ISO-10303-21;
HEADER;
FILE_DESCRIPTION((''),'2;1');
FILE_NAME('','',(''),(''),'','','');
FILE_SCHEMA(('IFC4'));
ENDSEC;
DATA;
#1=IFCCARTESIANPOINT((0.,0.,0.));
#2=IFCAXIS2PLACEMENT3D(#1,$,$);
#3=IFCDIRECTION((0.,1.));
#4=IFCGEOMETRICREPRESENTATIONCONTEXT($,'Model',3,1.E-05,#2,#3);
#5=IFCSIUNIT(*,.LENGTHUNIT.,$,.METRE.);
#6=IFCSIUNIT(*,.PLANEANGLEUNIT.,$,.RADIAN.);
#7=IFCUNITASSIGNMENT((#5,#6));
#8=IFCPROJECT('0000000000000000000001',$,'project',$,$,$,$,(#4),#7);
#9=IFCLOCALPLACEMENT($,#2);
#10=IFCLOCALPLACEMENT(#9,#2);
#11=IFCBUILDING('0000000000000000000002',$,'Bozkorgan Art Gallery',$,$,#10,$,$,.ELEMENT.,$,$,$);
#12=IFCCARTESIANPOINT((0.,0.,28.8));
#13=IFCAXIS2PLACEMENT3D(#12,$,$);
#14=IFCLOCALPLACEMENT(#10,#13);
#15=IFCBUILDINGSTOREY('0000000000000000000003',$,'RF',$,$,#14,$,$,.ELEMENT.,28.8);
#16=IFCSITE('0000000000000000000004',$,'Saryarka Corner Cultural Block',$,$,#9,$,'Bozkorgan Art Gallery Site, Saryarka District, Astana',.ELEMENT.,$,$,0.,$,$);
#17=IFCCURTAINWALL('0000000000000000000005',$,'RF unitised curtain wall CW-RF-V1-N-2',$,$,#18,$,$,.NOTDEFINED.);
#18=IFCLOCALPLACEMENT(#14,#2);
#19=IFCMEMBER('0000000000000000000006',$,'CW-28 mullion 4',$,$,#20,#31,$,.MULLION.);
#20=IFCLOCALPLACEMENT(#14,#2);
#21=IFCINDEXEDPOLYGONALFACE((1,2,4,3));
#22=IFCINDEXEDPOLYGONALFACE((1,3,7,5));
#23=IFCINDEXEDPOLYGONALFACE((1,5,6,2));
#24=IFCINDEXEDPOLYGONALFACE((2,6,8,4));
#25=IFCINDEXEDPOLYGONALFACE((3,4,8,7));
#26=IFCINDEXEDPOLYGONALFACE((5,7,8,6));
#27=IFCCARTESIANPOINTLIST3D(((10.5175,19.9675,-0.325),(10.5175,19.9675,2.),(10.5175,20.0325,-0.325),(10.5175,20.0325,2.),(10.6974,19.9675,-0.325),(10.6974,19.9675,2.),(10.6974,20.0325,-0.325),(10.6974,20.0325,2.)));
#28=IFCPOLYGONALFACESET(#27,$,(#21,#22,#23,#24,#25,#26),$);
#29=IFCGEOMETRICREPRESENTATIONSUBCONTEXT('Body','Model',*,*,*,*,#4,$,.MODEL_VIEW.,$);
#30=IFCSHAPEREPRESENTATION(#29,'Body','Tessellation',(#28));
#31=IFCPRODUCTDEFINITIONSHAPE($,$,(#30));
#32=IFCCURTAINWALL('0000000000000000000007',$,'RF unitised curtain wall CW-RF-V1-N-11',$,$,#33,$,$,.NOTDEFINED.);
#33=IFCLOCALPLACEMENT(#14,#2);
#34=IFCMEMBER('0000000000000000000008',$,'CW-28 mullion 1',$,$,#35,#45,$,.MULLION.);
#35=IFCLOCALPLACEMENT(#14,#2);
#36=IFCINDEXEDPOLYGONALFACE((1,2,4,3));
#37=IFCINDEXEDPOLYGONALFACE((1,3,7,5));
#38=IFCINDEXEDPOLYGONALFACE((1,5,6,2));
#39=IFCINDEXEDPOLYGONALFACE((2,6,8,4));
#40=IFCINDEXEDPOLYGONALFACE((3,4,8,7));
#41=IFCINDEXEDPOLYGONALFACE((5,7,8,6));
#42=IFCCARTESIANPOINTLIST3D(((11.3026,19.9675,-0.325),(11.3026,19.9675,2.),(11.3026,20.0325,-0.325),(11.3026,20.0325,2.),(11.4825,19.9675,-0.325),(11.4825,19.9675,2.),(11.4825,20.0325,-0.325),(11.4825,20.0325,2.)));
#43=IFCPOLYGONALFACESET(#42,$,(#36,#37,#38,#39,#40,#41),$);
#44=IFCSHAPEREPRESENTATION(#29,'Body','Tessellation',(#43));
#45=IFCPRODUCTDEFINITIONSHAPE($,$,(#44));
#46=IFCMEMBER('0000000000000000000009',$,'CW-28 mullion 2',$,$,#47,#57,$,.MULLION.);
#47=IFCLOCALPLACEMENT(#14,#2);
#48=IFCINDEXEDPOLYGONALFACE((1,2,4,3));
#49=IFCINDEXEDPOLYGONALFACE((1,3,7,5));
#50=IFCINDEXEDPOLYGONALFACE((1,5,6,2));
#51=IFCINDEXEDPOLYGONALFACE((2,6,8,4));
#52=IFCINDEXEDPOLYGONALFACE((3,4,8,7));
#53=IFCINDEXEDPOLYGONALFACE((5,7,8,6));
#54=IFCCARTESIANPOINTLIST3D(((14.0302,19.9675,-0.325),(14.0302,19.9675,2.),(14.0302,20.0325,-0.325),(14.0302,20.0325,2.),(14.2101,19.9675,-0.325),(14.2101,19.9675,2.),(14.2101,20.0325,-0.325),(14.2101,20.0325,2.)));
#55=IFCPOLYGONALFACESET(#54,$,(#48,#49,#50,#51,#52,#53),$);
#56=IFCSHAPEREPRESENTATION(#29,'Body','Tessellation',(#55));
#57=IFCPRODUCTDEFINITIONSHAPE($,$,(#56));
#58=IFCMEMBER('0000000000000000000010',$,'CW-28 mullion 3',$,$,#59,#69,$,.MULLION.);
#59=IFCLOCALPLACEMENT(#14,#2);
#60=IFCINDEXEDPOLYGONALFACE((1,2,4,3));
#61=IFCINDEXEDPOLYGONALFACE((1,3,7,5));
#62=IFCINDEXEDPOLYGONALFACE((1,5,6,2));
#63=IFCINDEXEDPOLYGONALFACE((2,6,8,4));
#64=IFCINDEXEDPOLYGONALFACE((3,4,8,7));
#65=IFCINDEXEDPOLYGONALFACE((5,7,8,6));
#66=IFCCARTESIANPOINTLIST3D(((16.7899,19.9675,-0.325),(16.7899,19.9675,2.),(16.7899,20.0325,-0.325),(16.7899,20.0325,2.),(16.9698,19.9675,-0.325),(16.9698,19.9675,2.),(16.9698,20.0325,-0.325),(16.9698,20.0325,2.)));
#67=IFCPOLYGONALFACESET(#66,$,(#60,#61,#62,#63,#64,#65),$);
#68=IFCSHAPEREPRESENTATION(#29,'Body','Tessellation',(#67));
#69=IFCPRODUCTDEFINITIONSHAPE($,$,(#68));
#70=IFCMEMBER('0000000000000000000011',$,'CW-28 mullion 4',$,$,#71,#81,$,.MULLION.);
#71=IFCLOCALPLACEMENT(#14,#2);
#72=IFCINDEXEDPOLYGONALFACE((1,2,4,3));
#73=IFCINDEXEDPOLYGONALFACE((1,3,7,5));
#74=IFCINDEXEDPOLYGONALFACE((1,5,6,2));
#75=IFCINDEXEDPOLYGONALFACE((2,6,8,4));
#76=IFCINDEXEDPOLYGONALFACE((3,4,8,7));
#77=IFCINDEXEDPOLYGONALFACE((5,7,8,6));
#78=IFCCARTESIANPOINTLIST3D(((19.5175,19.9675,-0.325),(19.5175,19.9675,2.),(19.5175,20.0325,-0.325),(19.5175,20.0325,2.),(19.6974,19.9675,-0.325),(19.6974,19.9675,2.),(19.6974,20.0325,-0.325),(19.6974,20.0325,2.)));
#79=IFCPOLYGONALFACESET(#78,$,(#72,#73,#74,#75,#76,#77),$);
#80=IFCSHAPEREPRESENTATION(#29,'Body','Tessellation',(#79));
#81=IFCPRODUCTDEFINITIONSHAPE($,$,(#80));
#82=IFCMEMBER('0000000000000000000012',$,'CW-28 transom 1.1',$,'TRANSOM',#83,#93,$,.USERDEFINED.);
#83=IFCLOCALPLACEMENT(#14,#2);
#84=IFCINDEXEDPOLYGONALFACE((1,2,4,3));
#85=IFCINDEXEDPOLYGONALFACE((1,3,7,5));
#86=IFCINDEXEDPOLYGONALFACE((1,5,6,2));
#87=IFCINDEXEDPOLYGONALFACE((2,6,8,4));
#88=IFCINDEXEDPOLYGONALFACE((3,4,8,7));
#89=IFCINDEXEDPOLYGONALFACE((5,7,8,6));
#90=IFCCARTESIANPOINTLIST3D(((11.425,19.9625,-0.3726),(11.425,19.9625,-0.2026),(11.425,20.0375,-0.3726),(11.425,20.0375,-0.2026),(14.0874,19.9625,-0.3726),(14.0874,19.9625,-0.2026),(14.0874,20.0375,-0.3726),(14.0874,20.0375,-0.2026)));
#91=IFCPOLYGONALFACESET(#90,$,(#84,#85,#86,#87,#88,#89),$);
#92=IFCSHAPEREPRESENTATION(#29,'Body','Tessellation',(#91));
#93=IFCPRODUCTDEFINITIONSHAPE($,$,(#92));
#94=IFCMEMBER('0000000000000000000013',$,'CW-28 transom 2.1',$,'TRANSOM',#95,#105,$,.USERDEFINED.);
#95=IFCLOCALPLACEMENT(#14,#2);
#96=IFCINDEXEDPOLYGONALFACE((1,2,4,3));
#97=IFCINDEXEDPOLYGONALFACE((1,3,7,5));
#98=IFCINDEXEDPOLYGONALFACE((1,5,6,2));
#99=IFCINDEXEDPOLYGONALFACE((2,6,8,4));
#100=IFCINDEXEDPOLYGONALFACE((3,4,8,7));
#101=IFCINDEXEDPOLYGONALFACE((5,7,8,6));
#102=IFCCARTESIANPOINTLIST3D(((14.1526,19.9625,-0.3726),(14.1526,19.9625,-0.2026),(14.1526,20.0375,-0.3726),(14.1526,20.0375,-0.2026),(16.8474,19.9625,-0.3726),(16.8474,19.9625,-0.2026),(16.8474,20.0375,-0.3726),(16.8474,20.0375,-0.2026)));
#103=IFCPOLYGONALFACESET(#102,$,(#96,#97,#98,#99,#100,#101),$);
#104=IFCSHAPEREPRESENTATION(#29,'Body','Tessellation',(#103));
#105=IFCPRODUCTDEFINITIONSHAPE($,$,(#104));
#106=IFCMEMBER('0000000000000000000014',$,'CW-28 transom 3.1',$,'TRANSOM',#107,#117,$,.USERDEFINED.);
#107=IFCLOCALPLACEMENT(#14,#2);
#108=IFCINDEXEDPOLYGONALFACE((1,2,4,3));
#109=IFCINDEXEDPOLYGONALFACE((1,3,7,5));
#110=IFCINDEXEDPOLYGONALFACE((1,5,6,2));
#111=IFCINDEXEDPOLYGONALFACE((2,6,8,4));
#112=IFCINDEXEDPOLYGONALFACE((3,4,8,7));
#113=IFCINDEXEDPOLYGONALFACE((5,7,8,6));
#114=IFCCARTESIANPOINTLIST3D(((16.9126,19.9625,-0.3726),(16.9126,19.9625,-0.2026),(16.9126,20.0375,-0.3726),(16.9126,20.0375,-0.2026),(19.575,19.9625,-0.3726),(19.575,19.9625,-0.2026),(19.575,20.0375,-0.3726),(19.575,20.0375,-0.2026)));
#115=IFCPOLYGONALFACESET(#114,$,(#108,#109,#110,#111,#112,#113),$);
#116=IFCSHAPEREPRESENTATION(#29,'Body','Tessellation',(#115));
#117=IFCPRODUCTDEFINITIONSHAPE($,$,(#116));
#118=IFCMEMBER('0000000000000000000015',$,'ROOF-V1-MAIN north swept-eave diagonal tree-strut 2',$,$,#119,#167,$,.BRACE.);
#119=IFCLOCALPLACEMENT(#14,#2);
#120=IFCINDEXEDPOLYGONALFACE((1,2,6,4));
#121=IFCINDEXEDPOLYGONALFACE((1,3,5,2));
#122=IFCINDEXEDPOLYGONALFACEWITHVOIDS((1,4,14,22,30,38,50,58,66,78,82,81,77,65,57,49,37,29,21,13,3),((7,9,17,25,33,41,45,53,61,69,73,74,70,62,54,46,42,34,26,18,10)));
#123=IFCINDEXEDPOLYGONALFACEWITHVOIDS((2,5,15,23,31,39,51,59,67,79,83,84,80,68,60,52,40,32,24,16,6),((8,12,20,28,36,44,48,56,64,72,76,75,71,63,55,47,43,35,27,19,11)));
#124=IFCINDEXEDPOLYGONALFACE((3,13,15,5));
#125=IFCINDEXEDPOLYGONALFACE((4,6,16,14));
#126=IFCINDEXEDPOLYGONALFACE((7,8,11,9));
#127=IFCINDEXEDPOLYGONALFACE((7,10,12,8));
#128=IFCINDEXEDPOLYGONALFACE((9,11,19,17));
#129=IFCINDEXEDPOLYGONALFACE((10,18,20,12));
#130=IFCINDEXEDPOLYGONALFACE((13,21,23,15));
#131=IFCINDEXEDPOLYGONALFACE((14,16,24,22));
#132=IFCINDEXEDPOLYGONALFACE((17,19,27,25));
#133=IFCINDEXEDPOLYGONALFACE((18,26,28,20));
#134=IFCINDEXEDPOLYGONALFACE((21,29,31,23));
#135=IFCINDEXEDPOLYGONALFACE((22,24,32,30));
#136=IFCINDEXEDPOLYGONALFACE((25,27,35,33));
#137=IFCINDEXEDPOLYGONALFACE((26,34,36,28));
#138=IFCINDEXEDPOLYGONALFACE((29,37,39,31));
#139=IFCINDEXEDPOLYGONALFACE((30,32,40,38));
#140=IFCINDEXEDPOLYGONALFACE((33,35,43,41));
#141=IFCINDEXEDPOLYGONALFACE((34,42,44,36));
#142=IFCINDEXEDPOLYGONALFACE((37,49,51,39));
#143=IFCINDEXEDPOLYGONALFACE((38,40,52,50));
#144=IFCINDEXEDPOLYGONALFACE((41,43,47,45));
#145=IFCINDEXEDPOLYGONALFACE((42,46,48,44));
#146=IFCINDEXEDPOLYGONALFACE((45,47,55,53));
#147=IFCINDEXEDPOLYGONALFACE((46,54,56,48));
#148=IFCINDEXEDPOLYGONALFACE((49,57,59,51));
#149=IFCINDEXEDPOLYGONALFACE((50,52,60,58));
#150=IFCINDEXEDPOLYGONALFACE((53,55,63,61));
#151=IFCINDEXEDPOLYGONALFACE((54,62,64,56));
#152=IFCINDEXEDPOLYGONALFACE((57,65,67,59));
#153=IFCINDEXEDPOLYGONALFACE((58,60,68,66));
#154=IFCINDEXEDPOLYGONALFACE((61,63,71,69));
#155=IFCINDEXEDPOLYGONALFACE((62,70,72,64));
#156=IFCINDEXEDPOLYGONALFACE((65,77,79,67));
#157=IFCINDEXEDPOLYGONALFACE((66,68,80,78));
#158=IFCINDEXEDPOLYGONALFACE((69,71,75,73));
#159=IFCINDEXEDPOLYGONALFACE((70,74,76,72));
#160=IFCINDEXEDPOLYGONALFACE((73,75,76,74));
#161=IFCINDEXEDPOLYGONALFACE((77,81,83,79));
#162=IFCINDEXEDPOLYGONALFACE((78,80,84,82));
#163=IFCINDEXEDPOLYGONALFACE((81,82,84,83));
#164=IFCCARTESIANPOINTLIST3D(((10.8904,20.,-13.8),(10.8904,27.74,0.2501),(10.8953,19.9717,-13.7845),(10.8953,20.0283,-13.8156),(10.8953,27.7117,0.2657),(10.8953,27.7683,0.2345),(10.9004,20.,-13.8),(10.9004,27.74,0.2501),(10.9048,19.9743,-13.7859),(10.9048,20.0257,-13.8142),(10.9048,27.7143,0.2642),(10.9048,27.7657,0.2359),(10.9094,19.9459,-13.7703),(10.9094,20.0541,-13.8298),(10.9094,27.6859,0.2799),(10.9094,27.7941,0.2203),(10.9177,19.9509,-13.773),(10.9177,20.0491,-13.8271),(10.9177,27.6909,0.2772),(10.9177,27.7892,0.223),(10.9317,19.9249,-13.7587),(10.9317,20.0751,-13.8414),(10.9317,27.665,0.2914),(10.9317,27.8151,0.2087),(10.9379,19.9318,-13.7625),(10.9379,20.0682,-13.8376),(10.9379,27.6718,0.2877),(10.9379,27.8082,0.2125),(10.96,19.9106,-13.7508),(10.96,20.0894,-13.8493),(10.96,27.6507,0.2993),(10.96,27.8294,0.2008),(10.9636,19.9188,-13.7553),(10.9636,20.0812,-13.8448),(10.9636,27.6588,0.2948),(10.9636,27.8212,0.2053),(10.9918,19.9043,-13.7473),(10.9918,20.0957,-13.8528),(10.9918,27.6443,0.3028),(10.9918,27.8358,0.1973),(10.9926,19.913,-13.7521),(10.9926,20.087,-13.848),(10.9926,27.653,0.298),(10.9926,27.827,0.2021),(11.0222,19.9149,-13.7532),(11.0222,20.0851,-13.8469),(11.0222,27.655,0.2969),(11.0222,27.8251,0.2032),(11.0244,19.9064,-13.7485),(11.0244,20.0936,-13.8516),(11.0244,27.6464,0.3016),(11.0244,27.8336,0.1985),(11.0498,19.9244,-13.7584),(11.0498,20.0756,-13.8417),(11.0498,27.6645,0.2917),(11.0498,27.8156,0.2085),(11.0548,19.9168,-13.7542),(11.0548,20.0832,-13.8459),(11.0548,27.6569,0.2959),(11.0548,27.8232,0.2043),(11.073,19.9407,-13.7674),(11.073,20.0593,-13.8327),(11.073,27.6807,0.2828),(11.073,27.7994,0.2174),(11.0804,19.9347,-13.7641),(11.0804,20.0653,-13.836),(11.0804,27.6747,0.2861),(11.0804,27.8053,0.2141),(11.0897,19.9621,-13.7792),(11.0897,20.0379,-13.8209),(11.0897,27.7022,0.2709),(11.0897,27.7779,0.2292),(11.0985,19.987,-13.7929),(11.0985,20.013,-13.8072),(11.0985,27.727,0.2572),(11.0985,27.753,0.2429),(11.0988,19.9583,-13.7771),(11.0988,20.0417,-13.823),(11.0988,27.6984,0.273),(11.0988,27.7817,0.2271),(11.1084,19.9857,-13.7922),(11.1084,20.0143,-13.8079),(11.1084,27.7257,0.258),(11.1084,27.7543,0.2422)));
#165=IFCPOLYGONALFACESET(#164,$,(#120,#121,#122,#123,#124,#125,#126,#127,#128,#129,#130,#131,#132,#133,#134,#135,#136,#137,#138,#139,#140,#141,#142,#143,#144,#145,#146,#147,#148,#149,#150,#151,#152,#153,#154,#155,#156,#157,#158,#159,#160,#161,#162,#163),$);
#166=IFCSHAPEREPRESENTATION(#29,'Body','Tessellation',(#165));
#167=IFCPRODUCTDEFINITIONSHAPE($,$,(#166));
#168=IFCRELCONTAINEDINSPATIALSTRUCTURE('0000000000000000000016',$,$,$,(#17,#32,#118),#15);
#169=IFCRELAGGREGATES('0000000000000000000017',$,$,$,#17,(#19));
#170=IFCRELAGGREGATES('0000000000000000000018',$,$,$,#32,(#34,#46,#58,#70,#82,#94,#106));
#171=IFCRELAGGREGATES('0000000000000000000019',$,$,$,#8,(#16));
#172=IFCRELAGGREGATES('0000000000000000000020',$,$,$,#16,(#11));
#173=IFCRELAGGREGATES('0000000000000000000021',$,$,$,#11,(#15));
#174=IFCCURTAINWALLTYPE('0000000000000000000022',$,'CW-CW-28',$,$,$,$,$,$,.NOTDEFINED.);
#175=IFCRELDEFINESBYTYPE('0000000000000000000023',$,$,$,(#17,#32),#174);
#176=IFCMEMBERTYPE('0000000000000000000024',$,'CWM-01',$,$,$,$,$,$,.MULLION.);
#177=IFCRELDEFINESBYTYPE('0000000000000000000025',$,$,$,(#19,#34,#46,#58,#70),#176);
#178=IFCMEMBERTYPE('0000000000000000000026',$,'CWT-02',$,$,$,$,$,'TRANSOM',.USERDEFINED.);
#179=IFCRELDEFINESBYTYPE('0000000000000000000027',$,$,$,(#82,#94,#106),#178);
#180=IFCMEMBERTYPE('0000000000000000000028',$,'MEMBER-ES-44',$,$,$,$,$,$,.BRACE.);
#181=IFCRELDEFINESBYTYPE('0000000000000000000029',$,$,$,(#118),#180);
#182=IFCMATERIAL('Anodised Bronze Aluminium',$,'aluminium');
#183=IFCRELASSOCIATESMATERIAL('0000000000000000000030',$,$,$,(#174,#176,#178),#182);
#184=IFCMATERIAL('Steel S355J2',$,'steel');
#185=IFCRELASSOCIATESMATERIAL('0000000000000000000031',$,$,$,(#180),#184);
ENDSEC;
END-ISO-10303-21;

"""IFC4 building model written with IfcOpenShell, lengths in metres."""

from ifc_helpers import new_model, si_unit, direction, frame, origin, origin_2d, place, context, subcontext, project, spatial, rectangle, hollow_circle, extrude, material, material_profile, profile_set, type_object, element, aggregate, save


model = new_model("IFC4")

# Units and contexts
model_context = context("Model", 3, precision=1e-05, world=origin(), true_north=direction((0.0, 1.0)))
body_context = subcontext(model_context, "Body", "Model", "MODEL_VIEW")
ifc_project = project(units=[si_unit("LENGTHUNIT", "METRE"), si_unit("PLANEANGLEUNIT", "RADIAN")], contexts=[model_context])

# Site, building, storey
site_placement = place(None, origin())
site = spatial("IfcSite", under=ifc_project, at=site_placement, Name="Saryarka Corner Cultural Block", LongName="Bozkorgan Art Gallery Site, Saryarka District, Astana", CompositionType="ELEMENT", RefElevation=0.0)
building_placement = place(site_placement, origin())
building = spatial("IfcBuilding", under=site, at=building_placement, Name="Bozkorgan Art Gallery", CompositionType="ELEMENT")
storey_placement = place(building_placement, frame((0.0, 0.0, 28.8)))
storey = spatial("IfcBuildingStorey", under=building, at=storey_placement, Name="RF", CompositionType="ELEMENT", Elevation=28.8)

# Curtain wall, member
ifc_material_1 = material(Name="Anodised Bronze Aluminium", Category="aluminium")
curtain_wall_type = type_object("IfcCurtainWallType", Name="CW-CW-28", PredefinedType="NOTDEFINED", material=ifc_material_1)
curtain_wall_1_placement = place(storey_placement, origin())
curtain_wall_1 = element("IfcCurtainWall", 1, at=curtain_wall_1_placement, inside=storey, type_object=curtain_wall_type, Name="RF unitised curtain wall CW-RF-V1-N-2", PredefinedType="NOTDEFINED")
ifc_material_profile_1 = material_profile(ifc_material_1, rectangle(XDim=0.0649, YDim=0.1799, at=origin_2d()), Name="ALU MULLION 65x180")
ifc_profile_set_1 = profile_set([ifc_material_profile_1], Name="Anodised Bronze Aluminium")
member_type_1 = type_object("IfcMemberType", Name="CWM-01", PredefinedType="MULLION", material=ifc_profile_set_1)
member_1_placement = place(storey_placement, frame((10.6074, 20.0, -0.325), z_axis=(0.0, 0.0, 1.0), x_axis=(0.0, 1.0, 0.0)))
member_1 = element("IfcMember", 2, at=member_1_placement, type_object=member_type_1, Name="CW-28 mullion 4", PredefinedType="MULLION", context=body_context, shape_type="SweptSolid", body=[
    extrude(rectangle(XDim=0.0649, YDim=0.1799, at=origin_2d()), origin(), (0.0, 0.0, 1.0), 2.325),
])
aggregate(curtain_wall_1, [member_1])

# Curtain wall, members
curtain_wall_2_placement = place(storey_placement, origin())
curtain_wall_2 = element("IfcCurtainWall", 3, at=curtain_wall_2_placement, inside=storey, type_object=curtain_wall_type, Name="RF unitised curtain wall CW-RF-V1-N-11", PredefinedType="NOTDEFINED")
member_2_placement = place(storey_placement, frame((11.3926, 20.0, -0.325), z_axis=(0.0, 0.0, 1.0), x_axis=(0.0, 1.0, 0.0)))
member_2 = element("IfcMember", 4, at=member_2_placement, type_object=member_type_1, Name="CW-28 mullion 1", PredefinedType="MULLION", context=body_context, shape_type="SweptSolid", body=[
    extrude(rectangle(XDim=0.0649, YDim=0.1799, at=origin_2d()), origin(), (0.0, 0.0, 1.0), 2.325),
])
member_3_placement = place(storey_placement, frame((14.1201, 20.0, -0.325), z_axis=(0.0, 0.0, 1.0), x_axis=(0.0, 1.0, 0.0)))
member_3 = element("IfcMember", 5, at=member_3_placement, type_object=member_type_1, Name="CW-28 mullion 2", PredefinedType="MULLION", context=body_context, shape_type="SweptSolid", body=[
    extrude(rectangle(XDim=0.0649, YDim=0.1799, at=origin_2d()), origin(), (0.0, 0.0, 1.0), 2.325),
])
member_4_placement = place(storey_placement, frame((16.8799, 20.0, -0.325), z_axis=(0.0, 0.0, 1.0), x_axis=(0.0, 1.0, 0.0)))
member_4 = element("IfcMember", 6, at=member_4_placement, type_object=member_type_1, Name="CW-28 mullion 3", PredefinedType="MULLION", context=body_context, shape_type="SweptSolid", body=[
    extrude(rectangle(XDim=0.0649, YDim=0.1799, at=origin_2d()), origin(), (0.0, 0.0, 1.0), 2.325),
])
member_5_placement = place(storey_placement, frame((19.6074, 20.0, -0.325), z_axis=(0.0, 0.0, 1.0), x_axis=(0.0, 1.0, 0.0)))
member_5 = element("IfcMember", 7, at=member_5_placement, type_object=member_type_1, Name="CW-28 mullion 4", PredefinedType="MULLION", context=body_context, shape_type="SweptSolid", body=[
    extrude(rectangle(XDim=0.0649, YDim=0.1799, at=origin_2d()), origin(), (0.0, 0.0, 1.0), 2.325),
])
ifc_material_profile_2 = material_profile(ifc_material_1, rectangle(XDim=0.075, YDim=0.1699, at=origin_2d()), Name="ALU TRANSOM 75x170")
ifc_profile_set_2 = profile_set([ifc_material_profile_2], Name="Anodised Bronze Aluminium")
member_type_2 = type_object("IfcMemberType", Name="CWT-02", ElementType="TRANSOM", PredefinedType="USERDEFINED", material=ifc_profile_set_2)
member_6_placement = place(storey_placement, frame((11.425, 20.0, -0.2876), z_axis=(1.0, 0.0, 0.0), x_axis=(0.0, 1.0, 0.0)))
member_6 = element("IfcMember", 8, at=member_6_placement, type_object=member_type_2, Name="CW-28 transom 1.1", ObjectType="TRANSOM", PredefinedType="USERDEFINED", context=body_context, shape_type="SweptSolid", body=[
    extrude(rectangle(XDim=0.075, YDim=0.1699, at=origin_2d()), origin(), (0.0, 0.0, 1.0), 2.6624),
])
member_7_placement = place(storey_placement, frame((14.1526, 20.0, -0.2876), z_axis=(1.0, 0.0, 0.0), x_axis=(0.0, 1.0, 0.0)))
member_7 = element("IfcMember", 9, at=member_7_placement, type_object=member_type_2, Name="CW-28 transom 2.1", ObjectType="TRANSOM", PredefinedType="USERDEFINED", context=body_context, shape_type="SweptSolid", body=[
    extrude(rectangle(XDim=0.075, YDim=0.1699, at=origin_2d()), origin(), (0.0, 0.0, 1.0), 2.6948),
])
member_8_placement = place(storey_placement, frame((16.9126, 20.0, -0.2876), z_axis=(1.0, 0.0, 0.0), x_axis=(0.0, 1.0, 0.0)))
member_8 = element("IfcMember", 10, at=member_8_placement, type_object=member_type_2, Name="CW-28 transom 3.1", ObjectType="TRANSOM", PredefinedType="USERDEFINED", context=body_context, shape_type="SweptSolid", body=[
    extrude(rectangle(XDim=0.075, YDim=0.1699, at=origin_2d()), origin(), (0.0, 0.0, 1.0), 2.6624),
])

# Member
ifc_material_2 = material(Name="Steel S355J2", Category="steel")
ifc_material_profile_3 = material_profile(ifc_material_2, hollow_circle(Radius=0.1096, WallThickness=0.01, at=origin_2d()), Name="CHS 219.1x10")
ifc_profile_set_3 = profile_set([ifc_material_profile_3], Name="Steel S355J2")
member_type_3 = type_object("IfcMemberType", Name="MEMBER-ES-44", PredefinedType="BRACE", material=ifc_profile_set_3)
for number, where, z_axis, x_axis, name in (
    (11, (11.0, 20.0, -13.8), (0.0, 0.482515, 0.875888), (-1.0, 0.0, 0.0), "ROOF-V1-MAIN north swept-eave diagonal tree-strut 2"),
):
    element("IfcMember", number, at=place(storey_placement, frame(where, z_axis=z_axis, x_axis=x_axis)), inside=storey, type_object=member_type_3, Name=name, PredefinedType="BRACE", context=body_context, shape_type="SweptSolid", body=[
        extrude(hollow_circle(Radius=0.1096, WallThickness=0.01, at=origin_2d()), origin(), (0.0, 0.0, 1.0), 16.041),
    ])

aggregate(curtain_wall_2, [member_2, member_3, member_4, member_5, member_6, member_7, member_8])

save(model, "model.ifc")
